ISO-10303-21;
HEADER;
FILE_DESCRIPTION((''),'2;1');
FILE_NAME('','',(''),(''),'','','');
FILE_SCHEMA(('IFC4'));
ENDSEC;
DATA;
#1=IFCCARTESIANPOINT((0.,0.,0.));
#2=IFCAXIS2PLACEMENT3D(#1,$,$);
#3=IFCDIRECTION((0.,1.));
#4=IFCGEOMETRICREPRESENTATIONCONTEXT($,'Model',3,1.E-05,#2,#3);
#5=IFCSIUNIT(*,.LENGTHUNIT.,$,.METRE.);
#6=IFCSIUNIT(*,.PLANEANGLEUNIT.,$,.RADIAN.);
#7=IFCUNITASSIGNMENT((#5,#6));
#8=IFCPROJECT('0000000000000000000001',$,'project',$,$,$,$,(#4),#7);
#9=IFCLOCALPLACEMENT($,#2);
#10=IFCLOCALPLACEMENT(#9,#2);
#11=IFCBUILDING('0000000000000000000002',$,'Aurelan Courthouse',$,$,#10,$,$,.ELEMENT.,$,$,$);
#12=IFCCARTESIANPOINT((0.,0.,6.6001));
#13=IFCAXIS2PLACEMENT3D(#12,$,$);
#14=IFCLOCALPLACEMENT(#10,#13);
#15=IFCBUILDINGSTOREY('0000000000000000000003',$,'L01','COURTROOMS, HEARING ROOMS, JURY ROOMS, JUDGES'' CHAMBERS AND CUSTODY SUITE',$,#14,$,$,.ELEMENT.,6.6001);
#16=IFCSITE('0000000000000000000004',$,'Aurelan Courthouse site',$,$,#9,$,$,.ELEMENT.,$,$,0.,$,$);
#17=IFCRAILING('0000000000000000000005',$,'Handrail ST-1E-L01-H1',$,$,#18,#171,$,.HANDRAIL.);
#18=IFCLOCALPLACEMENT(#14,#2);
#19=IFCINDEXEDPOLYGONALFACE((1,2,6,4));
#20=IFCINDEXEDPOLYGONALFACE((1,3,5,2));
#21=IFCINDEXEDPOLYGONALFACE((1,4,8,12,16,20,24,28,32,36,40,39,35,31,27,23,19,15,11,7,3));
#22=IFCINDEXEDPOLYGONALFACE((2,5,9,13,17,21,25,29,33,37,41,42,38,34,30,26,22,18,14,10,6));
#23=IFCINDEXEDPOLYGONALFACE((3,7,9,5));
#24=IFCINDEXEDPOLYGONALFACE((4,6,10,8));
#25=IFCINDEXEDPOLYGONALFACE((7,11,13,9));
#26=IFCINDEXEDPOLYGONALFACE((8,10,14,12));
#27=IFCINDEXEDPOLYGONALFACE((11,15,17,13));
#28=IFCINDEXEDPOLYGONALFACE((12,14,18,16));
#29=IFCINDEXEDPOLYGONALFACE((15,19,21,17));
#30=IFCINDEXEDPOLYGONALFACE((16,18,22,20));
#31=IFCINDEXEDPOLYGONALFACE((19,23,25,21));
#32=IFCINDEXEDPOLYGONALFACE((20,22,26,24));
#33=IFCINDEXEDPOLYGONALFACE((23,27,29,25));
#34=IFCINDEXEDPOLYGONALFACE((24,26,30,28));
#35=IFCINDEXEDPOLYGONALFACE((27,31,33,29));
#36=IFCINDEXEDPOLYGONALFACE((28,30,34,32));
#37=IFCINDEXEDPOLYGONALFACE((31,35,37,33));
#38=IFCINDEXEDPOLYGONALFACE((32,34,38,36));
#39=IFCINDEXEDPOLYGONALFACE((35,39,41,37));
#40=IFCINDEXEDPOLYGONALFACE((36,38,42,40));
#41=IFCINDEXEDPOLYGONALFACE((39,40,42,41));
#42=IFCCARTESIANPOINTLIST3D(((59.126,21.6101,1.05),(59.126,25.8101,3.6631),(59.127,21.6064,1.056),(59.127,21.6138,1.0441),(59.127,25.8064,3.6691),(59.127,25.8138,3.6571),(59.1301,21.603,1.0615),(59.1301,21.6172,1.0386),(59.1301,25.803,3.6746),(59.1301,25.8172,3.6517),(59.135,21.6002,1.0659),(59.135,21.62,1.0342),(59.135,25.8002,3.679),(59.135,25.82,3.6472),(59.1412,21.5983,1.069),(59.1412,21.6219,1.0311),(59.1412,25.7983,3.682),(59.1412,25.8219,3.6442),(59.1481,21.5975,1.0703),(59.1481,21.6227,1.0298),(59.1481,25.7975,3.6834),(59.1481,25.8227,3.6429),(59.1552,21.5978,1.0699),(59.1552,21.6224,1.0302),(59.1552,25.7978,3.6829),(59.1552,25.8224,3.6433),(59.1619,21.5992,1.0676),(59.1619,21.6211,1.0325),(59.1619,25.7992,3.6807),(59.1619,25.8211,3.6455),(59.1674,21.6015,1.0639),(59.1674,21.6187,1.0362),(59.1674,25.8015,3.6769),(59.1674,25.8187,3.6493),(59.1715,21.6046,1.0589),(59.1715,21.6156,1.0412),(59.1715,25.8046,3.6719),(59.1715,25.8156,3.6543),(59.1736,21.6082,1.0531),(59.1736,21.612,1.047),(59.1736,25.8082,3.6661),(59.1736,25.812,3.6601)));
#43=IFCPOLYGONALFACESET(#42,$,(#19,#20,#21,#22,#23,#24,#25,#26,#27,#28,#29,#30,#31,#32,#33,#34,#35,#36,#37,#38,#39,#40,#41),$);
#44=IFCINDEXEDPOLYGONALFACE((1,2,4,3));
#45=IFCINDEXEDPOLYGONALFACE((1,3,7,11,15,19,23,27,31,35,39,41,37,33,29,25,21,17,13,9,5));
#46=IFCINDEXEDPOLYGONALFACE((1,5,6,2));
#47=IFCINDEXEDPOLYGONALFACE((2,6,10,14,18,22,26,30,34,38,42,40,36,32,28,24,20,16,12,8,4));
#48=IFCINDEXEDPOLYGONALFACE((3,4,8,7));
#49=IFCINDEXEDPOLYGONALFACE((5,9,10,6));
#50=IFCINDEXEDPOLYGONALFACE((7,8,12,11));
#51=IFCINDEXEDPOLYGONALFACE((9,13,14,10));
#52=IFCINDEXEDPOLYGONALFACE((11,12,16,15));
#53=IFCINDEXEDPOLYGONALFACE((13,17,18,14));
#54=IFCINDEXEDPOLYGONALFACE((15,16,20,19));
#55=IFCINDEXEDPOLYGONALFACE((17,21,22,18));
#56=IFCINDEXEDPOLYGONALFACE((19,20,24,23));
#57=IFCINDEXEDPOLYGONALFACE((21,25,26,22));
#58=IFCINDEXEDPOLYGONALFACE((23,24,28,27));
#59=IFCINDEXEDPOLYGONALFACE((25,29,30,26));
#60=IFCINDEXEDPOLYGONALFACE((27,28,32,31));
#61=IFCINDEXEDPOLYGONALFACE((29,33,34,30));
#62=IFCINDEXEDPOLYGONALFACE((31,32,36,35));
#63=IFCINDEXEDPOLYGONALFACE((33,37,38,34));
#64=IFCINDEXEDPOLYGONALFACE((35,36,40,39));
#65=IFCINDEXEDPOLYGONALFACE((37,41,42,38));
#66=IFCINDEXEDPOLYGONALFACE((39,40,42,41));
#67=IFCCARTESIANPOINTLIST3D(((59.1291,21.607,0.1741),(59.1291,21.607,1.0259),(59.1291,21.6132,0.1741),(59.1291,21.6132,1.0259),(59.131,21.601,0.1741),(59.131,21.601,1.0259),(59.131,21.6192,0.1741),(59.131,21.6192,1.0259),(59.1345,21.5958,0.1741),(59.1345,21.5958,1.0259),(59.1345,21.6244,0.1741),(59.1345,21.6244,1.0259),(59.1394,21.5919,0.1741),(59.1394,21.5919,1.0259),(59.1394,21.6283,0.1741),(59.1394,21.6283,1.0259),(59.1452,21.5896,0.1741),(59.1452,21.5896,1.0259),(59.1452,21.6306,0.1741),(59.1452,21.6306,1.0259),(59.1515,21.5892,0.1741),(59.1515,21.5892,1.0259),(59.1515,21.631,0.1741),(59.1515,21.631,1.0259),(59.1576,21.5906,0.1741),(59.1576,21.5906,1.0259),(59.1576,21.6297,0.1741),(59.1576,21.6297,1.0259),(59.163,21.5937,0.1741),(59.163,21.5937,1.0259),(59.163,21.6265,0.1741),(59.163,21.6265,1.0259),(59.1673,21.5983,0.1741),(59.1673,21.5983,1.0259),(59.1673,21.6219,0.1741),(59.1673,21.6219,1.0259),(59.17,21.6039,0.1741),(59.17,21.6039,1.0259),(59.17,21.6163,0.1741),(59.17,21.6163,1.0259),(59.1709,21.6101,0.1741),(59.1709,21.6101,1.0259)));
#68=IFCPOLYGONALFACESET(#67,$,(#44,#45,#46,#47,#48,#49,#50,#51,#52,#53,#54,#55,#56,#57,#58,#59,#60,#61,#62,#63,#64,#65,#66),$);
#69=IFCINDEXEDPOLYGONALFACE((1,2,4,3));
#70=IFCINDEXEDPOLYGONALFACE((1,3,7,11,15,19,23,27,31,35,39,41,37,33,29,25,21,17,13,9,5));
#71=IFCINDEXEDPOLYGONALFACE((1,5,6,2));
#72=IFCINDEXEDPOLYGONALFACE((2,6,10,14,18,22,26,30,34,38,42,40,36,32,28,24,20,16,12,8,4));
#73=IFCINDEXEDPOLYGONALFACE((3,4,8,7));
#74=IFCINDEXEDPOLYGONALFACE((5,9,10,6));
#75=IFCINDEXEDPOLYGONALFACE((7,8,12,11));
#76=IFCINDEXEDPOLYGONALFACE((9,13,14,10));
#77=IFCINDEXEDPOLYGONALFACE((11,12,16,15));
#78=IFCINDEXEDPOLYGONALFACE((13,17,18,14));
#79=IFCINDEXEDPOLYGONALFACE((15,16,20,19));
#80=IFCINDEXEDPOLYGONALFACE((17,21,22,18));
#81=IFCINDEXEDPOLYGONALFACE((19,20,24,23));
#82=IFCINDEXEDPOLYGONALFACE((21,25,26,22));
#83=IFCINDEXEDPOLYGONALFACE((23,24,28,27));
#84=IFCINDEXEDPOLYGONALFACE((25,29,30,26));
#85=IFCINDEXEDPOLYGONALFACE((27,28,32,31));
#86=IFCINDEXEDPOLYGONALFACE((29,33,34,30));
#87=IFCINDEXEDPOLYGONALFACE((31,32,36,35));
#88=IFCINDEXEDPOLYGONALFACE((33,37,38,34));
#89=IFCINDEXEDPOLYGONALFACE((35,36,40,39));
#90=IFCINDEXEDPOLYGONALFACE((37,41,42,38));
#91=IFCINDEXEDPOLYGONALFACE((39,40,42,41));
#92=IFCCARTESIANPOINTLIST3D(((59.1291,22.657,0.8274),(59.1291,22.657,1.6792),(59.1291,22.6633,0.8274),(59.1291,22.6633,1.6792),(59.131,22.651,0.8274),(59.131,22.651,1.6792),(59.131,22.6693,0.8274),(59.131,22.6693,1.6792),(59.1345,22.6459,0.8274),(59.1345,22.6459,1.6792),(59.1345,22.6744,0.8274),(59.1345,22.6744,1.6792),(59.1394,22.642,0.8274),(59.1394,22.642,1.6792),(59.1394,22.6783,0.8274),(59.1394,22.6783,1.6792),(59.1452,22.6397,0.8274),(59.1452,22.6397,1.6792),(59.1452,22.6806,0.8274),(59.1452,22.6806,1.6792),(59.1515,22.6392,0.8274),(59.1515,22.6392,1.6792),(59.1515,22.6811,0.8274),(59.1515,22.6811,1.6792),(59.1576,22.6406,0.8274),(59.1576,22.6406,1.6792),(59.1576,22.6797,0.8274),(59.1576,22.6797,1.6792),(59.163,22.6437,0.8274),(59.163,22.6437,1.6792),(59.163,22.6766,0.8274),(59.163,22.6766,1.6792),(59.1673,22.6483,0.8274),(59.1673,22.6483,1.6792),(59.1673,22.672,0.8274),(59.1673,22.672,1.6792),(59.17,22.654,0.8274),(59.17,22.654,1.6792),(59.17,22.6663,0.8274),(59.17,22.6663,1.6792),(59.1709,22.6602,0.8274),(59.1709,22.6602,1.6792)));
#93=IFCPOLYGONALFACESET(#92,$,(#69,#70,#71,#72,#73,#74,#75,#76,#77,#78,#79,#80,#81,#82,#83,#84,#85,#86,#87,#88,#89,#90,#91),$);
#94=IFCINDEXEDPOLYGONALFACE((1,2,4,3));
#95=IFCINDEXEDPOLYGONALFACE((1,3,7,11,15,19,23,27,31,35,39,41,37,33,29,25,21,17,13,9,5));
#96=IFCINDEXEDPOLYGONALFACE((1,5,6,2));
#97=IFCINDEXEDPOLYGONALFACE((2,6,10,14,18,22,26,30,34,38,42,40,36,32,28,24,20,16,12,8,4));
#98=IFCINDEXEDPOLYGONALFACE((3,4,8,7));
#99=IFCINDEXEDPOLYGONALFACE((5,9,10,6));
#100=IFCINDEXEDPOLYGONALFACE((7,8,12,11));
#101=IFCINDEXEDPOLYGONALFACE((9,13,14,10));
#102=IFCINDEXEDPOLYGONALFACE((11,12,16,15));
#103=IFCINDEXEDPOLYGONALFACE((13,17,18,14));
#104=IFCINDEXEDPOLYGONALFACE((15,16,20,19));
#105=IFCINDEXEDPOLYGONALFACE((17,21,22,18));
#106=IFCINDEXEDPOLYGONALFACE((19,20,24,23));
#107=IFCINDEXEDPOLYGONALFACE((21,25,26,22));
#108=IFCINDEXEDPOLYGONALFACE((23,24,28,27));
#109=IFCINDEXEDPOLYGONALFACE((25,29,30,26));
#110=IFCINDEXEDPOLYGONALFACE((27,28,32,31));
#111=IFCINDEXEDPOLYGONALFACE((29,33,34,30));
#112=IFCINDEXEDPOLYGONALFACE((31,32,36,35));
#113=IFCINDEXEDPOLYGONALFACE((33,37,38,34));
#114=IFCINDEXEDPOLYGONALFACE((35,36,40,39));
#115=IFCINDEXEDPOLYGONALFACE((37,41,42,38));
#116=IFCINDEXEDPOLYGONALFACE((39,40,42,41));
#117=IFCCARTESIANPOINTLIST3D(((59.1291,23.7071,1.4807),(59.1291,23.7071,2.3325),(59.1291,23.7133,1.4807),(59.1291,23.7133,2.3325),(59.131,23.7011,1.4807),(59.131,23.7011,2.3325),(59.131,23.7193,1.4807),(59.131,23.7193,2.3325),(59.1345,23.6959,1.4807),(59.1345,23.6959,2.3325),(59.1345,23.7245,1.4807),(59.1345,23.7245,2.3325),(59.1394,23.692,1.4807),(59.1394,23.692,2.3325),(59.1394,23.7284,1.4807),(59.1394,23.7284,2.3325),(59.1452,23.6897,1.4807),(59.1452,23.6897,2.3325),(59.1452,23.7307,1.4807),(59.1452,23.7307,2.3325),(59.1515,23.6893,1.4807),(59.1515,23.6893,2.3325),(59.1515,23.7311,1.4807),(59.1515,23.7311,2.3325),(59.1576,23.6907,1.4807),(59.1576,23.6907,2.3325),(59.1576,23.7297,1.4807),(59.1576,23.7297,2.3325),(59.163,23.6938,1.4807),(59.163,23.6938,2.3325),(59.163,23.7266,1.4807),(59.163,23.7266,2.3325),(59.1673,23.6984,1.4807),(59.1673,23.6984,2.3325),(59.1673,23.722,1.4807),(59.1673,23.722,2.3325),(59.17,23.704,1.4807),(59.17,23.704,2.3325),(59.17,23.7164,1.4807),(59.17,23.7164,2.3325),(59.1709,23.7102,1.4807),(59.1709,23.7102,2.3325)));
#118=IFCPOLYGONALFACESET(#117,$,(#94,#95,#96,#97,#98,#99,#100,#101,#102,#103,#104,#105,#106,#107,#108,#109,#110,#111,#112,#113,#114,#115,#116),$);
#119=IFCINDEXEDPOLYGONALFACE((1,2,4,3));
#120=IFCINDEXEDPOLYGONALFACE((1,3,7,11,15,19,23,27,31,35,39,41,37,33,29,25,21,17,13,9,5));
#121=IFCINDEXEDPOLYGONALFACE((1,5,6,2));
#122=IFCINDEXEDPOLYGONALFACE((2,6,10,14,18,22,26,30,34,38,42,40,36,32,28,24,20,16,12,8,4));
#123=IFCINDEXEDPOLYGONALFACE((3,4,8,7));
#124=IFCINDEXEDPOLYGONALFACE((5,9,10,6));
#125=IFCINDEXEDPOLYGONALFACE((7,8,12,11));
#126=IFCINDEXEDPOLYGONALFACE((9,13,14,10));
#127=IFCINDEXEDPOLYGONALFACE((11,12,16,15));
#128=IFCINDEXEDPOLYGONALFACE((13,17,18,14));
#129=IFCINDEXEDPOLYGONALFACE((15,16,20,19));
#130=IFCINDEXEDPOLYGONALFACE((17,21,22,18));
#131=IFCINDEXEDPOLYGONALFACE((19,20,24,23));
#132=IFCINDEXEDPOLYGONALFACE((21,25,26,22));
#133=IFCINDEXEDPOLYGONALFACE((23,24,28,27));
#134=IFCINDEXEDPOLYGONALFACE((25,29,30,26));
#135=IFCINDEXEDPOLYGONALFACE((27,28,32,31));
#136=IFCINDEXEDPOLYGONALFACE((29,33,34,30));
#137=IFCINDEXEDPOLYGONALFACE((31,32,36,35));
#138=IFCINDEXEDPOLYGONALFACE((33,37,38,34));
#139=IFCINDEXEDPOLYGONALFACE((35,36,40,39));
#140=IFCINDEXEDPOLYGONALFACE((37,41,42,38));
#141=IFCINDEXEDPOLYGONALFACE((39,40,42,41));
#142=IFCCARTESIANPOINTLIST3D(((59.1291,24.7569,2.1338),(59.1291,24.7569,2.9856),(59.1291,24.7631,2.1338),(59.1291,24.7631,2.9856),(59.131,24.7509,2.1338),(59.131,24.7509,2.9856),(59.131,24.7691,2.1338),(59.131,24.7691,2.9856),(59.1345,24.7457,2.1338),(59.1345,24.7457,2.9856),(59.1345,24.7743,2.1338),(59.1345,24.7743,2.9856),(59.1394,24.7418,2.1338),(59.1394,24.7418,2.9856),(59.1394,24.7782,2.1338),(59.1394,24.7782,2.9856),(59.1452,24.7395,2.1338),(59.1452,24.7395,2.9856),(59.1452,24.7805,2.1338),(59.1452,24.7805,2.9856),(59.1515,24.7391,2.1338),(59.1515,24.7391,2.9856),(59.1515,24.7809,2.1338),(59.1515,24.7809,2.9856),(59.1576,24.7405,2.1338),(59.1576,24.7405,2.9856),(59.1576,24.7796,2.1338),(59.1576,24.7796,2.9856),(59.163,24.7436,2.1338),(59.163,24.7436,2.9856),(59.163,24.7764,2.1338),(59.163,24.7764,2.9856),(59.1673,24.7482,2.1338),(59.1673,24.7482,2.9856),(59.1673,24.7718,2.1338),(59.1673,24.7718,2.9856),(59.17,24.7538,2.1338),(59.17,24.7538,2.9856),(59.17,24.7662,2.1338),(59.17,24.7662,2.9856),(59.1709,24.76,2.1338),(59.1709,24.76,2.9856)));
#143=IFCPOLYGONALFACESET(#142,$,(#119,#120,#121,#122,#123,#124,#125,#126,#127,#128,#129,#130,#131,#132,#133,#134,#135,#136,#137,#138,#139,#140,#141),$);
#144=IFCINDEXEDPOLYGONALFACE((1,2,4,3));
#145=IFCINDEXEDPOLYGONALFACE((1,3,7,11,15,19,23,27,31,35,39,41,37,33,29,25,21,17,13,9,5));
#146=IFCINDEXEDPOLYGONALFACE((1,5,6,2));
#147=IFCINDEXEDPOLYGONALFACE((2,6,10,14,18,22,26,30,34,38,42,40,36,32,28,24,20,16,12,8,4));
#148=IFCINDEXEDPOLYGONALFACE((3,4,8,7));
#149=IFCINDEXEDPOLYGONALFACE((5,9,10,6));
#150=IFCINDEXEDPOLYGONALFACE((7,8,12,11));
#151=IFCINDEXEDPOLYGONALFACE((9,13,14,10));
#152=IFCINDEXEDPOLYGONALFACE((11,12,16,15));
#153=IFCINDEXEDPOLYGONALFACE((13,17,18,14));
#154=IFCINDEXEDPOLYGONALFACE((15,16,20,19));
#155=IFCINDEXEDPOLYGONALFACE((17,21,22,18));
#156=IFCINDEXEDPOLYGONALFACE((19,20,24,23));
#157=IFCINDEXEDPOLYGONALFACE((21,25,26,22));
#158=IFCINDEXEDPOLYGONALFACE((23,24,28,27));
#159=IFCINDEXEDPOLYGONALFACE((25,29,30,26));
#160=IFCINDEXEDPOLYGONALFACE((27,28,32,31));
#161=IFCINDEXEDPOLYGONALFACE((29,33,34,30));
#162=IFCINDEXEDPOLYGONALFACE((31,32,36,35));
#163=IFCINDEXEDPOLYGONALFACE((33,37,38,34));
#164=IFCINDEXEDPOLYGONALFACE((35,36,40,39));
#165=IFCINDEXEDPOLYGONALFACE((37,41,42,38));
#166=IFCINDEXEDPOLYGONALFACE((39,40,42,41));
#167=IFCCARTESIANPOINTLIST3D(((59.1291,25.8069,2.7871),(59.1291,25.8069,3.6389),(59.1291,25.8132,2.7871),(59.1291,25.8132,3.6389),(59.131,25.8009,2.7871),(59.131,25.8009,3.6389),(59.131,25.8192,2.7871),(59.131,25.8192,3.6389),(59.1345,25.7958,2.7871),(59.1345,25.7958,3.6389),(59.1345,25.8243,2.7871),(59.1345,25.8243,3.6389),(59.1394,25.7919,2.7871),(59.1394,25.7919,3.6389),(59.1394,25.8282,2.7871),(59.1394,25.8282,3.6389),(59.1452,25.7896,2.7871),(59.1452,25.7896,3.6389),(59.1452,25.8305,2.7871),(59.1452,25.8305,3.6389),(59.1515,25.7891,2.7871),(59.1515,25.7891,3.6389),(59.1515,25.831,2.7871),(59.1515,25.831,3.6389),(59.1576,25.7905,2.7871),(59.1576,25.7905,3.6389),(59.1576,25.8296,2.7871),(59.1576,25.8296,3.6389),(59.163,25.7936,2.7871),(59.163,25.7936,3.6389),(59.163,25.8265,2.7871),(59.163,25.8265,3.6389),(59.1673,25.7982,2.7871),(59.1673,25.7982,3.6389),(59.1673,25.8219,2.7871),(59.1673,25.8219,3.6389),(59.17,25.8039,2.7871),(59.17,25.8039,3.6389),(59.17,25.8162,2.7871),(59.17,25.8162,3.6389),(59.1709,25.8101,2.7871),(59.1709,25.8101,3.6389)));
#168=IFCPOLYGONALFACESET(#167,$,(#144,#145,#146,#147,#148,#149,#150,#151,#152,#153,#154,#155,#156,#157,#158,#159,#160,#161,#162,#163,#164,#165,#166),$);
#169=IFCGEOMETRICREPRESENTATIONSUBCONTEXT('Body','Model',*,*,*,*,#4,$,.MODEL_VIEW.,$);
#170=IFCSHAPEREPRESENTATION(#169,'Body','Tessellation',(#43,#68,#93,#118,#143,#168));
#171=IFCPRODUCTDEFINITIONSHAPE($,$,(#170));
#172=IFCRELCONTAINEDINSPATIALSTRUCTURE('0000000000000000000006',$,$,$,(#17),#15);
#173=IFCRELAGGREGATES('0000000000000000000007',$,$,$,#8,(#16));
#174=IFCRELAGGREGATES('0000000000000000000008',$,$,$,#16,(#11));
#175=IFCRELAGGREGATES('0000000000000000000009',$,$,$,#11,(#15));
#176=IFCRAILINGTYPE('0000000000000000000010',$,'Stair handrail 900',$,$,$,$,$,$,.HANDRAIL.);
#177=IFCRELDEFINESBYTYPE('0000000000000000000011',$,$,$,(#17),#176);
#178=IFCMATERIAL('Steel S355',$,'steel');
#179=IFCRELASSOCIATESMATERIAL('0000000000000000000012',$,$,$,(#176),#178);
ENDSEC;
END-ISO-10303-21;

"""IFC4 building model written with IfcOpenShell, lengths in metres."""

from ifc_helpers import new_model, si_unit, direction, frame, origin, origin_2d, place, context, subcontext, project, spatial, circle, extrude, material, type_object, element, save


model = new_model("IFC4")

# Units and contexts
model_context = context("Model", 3, precision=1e-05, world=origin(), true_north=direction((0.0, 1.0)))
body_context = subcontext(model_context, "Body", "Model", "MODEL_VIEW")
ifc_project = project(units=[si_unit("LENGTHUNIT", "METRE"), si_unit("PLANEANGLEUNIT", "RADIAN")], contexts=[model_context])

# Site, building, storey
site_placement = place(None, origin())
site = spatial("IfcSite", under=ifc_project, at=site_placement, Name="Aurelan Courthouse site", CompositionType="ELEMENT", RefElevation=0.0)
building_placement = place(site_placement, origin())
building = spatial("IfcBuilding", under=site, at=building_placement, Name="Aurelan Courthouse", CompositionType="ELEMENT")
storey_placement = place(building_placement, frame((0.0, 0.0, 6.6001)))
storey = spatial("IfcBuildingStorey", under=building, at=storey_placement, Name="L01", Description="COURTROOMS, HEARING ROOMS, JURY ROOMS, JUDGES' CHAMBERS AND CUSTODY SUITE", CompositionType="ELEMENT", Elevation=6.6001)

# Railing
ifc_material_1 = material(Name="Steel S355", Category="steel")
railing_type = type_object("IfcRailingType", Name="Stair handrail 900", PredefinedType="HANDRAIL", material=ifc_material_1)
for number, where, name in (
    (1, (59.1499, 21.6101, 0.1741), "Handrail ST-1E-L01-H1"),
):
    element("IfcRailing", number, at=place(storey_placement, frame(where)), inside=storey, type_object=railing_type, Name=name, PredefinedType="HANDRAIL", context=body_context, shape_type="SweptSolid", body=[
        extrude(circle(Radius=0.0239, at=origin_2d()), frame((0.0, 0.0, 0.876), z_axis=(0.0, 0.849081, 0.528263), x_axis=(-1.0, 0.0, 0.0)), (0.0, 0.0, 1.0), 4.9465),
        extrude(circle(Radius=0.021, at=origin_2d()), origin(), (0.0, 0.0, 1.0), 0.8518),
        extrude(circle(Radius=0.021, at=origin_2d()), frame((0.0, 1.05, 0.6533)), (0.0, 0.0, 1.0), 0.8518),
        extrude(circle(Radius=0.021, at=origin_2d()), frame((0.0, 2.1001, 1.3066)), (0.0, 0.0, 1.0), 0.8518),
        extrude(circle(Radius=0.021, at=origin_2d()), frame((0.0, 3.1499, 1.9597)), (0.0, 0.0, 1.0), 0.8518),
        extrude(circle(Radius=0.021, at=origin_2d()), frame((0.0, 4.2, 2.613)), (0.0, 0.0, 1.0), 0.8518),
    ])

save(model, "model.ifc")
